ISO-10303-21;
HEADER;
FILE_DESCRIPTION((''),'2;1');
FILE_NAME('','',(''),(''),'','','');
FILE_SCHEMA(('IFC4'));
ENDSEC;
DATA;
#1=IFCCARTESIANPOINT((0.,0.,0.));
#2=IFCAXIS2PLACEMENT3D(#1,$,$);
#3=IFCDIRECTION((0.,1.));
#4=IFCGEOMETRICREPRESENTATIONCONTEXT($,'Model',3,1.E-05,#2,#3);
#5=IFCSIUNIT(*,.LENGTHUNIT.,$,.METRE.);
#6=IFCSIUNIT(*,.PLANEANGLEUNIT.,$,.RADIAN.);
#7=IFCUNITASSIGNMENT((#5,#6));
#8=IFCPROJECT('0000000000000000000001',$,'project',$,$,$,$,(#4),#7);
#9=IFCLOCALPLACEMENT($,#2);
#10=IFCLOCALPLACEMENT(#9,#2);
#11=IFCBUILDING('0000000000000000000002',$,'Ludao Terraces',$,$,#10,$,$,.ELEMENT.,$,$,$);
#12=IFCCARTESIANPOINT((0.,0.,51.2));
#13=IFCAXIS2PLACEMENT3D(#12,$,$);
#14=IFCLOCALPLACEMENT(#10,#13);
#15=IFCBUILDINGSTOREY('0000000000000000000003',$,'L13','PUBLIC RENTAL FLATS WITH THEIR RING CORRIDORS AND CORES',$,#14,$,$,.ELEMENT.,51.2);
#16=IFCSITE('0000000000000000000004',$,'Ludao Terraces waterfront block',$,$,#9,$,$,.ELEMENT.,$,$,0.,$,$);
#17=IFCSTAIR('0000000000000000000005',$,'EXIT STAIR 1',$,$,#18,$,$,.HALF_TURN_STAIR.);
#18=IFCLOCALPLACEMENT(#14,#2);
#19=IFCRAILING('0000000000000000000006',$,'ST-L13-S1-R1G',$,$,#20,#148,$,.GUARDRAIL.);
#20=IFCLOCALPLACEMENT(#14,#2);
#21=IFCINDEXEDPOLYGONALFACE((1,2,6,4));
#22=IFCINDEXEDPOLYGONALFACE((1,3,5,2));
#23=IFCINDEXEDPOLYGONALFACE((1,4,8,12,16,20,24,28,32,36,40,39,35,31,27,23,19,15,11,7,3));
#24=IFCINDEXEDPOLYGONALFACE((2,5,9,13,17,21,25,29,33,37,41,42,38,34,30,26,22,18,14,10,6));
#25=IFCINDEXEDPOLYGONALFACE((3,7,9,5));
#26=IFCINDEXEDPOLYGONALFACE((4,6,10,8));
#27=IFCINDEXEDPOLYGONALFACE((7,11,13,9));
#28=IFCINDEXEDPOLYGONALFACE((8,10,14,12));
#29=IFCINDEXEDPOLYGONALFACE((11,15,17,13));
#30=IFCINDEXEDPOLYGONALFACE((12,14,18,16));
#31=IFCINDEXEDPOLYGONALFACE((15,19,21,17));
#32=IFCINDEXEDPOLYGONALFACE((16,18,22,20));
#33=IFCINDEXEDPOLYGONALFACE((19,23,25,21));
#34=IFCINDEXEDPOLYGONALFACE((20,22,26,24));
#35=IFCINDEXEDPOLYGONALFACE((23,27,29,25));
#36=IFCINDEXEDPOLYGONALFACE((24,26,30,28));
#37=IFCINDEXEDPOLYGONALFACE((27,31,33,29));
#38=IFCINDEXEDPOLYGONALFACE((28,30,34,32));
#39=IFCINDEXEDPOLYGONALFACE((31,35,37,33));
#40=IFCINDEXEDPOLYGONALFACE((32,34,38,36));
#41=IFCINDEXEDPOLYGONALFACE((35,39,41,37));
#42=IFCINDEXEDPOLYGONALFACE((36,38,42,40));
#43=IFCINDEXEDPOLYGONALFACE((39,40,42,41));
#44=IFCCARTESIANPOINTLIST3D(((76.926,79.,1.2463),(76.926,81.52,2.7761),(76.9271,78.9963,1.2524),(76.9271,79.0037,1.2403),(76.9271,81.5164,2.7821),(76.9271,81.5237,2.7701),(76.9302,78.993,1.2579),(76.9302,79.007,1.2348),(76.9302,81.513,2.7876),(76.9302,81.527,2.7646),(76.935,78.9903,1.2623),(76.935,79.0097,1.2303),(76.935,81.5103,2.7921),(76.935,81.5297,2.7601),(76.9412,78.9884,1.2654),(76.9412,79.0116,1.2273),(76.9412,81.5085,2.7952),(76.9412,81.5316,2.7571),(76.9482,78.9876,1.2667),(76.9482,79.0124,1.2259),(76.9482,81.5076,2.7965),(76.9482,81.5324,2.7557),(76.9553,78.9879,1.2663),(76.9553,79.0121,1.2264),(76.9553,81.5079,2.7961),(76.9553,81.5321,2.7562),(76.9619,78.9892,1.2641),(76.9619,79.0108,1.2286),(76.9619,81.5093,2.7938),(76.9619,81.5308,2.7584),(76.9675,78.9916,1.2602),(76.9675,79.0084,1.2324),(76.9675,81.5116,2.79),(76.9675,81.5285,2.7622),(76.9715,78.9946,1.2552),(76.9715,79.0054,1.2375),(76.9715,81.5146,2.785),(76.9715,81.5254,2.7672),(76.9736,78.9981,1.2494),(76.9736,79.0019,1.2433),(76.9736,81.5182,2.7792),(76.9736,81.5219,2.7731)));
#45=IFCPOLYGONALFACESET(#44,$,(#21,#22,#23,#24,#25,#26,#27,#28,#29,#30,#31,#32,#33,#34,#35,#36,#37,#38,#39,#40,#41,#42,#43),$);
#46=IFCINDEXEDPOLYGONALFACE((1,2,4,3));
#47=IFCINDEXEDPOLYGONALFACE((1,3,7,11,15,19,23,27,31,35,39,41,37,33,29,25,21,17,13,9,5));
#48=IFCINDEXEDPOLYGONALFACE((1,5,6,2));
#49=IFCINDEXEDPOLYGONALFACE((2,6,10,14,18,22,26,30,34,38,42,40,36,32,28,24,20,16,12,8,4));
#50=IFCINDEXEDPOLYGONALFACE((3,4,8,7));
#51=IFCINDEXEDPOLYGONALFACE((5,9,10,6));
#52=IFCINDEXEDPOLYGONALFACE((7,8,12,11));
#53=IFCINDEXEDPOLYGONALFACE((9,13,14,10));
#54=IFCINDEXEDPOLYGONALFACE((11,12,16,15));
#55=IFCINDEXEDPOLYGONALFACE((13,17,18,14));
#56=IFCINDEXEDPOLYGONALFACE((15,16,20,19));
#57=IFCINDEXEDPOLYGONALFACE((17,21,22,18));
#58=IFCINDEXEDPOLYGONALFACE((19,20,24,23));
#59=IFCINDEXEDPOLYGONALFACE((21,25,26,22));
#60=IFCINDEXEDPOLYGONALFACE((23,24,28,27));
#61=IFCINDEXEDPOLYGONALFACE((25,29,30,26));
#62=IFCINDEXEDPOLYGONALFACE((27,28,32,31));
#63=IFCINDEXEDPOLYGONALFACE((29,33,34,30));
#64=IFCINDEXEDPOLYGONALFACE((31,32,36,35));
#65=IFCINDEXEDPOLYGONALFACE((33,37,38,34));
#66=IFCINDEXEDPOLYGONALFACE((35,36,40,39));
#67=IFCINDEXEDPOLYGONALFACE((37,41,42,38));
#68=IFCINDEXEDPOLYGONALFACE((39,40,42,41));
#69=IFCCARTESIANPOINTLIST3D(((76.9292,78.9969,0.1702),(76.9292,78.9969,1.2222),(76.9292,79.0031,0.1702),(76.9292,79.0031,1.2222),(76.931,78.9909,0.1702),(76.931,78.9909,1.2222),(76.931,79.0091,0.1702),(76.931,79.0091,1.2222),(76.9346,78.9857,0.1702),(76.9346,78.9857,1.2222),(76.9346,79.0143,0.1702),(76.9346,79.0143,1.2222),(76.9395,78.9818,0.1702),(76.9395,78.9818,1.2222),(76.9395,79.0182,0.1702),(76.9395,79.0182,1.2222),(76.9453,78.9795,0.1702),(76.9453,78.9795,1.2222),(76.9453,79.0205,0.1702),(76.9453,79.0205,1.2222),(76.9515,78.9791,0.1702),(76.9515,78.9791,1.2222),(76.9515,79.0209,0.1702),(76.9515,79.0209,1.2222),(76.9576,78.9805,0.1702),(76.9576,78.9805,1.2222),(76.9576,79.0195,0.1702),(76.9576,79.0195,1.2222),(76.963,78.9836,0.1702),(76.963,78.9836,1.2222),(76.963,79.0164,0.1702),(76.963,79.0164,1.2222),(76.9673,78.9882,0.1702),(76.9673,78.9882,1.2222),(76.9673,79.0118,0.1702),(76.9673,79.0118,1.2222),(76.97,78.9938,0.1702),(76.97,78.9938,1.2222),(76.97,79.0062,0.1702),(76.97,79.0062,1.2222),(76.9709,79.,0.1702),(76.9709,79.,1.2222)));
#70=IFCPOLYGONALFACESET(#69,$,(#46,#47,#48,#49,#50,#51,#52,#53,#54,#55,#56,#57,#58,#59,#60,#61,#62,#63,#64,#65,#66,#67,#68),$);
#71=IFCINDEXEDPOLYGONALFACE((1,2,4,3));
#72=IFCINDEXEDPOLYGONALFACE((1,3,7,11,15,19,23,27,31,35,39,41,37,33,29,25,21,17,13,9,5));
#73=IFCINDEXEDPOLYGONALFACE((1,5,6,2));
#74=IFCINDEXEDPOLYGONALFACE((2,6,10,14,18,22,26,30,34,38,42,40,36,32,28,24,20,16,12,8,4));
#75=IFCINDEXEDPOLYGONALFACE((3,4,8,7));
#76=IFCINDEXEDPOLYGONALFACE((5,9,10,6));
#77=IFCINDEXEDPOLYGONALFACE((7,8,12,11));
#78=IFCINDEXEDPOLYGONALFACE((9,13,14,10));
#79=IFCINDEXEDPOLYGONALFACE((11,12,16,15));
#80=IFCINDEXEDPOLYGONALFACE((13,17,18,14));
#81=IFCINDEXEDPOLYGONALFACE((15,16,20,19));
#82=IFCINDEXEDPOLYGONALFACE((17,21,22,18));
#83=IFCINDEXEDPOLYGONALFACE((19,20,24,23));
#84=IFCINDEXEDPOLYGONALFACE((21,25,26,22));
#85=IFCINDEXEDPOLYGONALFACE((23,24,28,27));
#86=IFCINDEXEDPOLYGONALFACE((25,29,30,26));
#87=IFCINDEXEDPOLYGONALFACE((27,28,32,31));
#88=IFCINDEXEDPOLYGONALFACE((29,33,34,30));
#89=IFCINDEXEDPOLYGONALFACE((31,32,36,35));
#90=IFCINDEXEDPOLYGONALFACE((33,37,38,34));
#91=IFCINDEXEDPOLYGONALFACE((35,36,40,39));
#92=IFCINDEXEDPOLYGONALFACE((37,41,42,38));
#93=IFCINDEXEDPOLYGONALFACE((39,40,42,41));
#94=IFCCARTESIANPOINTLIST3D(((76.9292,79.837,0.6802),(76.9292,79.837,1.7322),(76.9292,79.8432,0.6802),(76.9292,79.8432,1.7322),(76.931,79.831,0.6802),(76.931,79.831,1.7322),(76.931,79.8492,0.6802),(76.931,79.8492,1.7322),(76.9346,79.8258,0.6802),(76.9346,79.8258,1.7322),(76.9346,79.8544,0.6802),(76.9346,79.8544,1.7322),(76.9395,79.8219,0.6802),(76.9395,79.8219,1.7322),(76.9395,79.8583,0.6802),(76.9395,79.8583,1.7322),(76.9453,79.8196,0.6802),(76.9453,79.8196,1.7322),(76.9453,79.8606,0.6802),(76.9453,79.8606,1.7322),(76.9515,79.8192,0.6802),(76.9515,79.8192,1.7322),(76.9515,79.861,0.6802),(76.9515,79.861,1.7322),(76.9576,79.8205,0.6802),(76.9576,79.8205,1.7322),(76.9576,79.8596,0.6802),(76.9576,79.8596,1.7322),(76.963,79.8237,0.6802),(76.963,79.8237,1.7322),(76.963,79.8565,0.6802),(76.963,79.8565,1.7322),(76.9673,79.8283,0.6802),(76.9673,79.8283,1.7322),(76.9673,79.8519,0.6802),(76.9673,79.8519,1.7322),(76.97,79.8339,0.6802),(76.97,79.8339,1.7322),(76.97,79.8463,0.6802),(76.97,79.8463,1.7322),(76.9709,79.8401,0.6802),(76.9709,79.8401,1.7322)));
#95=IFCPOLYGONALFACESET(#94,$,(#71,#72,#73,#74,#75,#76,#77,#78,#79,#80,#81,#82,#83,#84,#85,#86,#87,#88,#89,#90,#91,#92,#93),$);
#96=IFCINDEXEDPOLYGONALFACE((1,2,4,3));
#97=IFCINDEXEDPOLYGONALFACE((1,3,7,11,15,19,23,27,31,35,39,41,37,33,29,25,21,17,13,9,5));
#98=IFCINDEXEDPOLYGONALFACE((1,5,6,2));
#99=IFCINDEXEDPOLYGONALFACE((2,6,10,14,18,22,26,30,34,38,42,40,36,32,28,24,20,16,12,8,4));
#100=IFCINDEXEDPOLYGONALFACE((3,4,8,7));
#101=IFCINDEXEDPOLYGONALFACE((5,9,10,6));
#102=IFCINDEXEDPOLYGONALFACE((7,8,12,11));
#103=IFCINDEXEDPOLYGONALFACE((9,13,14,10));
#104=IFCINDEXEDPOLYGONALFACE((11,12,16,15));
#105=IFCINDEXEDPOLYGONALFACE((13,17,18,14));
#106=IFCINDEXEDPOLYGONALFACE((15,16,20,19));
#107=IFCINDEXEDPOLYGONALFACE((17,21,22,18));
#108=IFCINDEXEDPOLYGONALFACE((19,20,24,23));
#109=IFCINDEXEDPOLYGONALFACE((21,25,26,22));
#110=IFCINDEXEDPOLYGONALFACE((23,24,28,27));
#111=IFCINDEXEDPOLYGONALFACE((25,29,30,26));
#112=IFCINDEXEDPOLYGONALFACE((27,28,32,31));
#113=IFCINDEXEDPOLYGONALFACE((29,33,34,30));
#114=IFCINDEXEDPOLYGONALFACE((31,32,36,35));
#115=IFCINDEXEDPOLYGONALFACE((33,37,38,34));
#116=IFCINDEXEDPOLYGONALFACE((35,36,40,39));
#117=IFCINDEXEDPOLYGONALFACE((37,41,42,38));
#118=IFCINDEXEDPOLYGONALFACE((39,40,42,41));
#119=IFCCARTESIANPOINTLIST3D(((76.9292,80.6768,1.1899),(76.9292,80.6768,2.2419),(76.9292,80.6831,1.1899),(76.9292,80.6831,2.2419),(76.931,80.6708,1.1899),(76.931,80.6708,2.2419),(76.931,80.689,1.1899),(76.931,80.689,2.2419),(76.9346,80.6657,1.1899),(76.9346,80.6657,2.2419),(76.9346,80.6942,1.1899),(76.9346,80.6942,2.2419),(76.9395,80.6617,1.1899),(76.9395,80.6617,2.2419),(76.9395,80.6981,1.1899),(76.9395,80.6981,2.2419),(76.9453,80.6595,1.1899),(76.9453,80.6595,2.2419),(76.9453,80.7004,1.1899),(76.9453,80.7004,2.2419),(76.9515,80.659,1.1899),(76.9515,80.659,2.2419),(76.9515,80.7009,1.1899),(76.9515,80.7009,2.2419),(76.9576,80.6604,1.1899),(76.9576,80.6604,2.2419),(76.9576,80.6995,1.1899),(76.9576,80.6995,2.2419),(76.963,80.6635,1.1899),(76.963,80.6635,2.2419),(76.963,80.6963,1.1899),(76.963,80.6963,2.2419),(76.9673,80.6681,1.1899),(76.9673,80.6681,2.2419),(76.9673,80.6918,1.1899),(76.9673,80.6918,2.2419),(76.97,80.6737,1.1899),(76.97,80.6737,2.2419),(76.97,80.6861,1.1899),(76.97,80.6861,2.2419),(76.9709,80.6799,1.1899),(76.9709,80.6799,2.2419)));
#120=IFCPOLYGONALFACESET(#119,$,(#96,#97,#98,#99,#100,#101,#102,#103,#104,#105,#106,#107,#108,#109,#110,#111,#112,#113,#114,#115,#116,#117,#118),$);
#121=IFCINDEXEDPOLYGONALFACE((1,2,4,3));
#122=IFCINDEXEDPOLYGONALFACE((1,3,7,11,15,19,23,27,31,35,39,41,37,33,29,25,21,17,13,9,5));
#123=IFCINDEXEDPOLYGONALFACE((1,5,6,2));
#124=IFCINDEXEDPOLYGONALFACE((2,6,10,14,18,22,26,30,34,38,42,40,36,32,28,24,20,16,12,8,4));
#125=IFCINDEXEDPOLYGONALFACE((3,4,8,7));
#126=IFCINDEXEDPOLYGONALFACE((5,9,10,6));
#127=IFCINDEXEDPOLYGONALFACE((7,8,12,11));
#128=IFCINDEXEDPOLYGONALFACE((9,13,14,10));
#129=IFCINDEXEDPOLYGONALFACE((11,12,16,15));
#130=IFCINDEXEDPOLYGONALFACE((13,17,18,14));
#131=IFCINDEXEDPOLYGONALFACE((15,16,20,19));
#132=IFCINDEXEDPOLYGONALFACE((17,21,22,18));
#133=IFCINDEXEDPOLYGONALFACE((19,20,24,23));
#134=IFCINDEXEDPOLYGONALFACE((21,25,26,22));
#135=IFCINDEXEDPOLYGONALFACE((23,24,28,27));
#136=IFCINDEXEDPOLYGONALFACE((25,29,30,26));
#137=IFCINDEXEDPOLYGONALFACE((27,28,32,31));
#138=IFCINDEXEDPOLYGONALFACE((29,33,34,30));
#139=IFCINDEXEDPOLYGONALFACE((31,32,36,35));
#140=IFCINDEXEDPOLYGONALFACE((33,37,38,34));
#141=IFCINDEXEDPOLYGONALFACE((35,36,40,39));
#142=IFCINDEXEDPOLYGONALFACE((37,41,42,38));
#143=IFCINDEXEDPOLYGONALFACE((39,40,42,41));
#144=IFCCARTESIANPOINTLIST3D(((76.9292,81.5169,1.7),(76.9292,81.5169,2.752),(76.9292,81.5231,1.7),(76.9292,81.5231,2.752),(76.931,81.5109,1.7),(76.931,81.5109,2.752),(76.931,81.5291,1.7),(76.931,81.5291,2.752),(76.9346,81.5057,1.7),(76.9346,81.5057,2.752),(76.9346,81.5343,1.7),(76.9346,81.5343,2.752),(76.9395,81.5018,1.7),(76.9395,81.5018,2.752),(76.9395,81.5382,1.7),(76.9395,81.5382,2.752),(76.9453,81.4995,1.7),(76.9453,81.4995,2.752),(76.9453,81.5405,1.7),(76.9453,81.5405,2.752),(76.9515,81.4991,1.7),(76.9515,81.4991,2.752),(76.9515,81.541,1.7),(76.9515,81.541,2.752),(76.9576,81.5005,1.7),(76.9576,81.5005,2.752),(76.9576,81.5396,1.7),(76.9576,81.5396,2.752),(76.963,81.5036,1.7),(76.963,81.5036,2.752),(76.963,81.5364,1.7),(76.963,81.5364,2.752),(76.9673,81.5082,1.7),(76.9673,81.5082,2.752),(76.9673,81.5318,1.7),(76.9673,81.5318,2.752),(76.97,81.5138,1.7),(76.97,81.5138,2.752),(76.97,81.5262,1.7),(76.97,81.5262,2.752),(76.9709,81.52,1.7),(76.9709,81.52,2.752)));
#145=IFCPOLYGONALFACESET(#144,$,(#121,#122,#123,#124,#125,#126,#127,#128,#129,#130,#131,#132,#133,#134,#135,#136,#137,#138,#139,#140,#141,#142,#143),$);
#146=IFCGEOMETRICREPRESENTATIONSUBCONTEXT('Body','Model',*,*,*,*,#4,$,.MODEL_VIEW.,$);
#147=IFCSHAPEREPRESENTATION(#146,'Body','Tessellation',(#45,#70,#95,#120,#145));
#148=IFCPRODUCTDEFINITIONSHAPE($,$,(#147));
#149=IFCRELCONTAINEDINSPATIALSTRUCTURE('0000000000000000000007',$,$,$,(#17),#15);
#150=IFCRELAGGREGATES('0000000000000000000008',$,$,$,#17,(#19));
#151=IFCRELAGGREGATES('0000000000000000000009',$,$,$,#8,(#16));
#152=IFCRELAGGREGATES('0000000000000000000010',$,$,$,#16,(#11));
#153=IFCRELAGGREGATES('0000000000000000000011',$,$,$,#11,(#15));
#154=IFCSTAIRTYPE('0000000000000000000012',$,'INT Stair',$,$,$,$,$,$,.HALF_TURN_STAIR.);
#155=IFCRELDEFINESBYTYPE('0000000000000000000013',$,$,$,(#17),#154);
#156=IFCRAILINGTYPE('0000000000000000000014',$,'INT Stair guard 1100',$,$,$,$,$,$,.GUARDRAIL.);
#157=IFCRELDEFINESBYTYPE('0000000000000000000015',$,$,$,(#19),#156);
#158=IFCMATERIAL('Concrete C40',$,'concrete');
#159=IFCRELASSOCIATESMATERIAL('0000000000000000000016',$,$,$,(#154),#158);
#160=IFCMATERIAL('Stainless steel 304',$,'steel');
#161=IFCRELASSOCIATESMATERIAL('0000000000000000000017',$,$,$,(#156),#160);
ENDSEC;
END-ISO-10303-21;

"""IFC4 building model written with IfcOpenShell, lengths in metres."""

from ifc_helpers import new_model, si_unit, direction, frame, origin, origin_2d, place, context, subcontext, project, spatial, circle, extrude, material, type_object, element, aggregate, save


model = new_model("IFC4")

# Units and contexts
model_context = context("Model", 3, precision=1e-05, world=origin(), true_north=direction((0.0, 1.0)))
body_context = subcontext(model_context, "Body", "Model", "MODEL_VIEW")
ifc_project = project(units=[si_unit("LENGTHUNIT", "METRE"), si_unit("PLANEANGLEUNIT", "RADIAN")], contexts=[model_context])

# Site, building, storey
site_placement = place(None, origin())
site = spatial("IfcSite", under=ifc_project, at=site_placement, Name="Ludao Terraces waterfront block", CompositionType="ELEMENT", RefElevation=0.0)
building_placement = place(site_placement, origin())
building = spatial("IfcBuilding", under=site, at=building_placement, Name="Ludao Terraces", CompositionType="ELEMENT")
storey_placement = place(building_placement, frame((0.0, 0.0, 51.2)))
storey = spatial("IfcBuildingStorey", under=building, at=storey_placement, Name="L13", Description="PUBLIC RENTAL FLATS WITH THEIR RING CORRIDORS AND CORES", CompositionType="ELEMENT", Elevation=51.2)

# Shared definitions
ifc_material_1 = material(Name="Concrete C40", Category="concrete")

# Shared definitions
ifc_material_2 = material(Name="Stainless steel 304", Category="steel")

# Stair, railing
stair_type = type_object("IfcStairType", Name="INT Stair", PredefinedType="HALF_TURN_STAIR", material=ifc_material_1)
stair_placement = place(storey_placement, origin())
stair = element("IfcStair", 1, at=stair_placement, inside=storey, type_object=stair_type, Name="EXIT STAIR 1", PredefinedType="HALF_TURN_STAIR")
railing_type_1 = type_object("IfcRailingType", Name="INT Stair guard 1100", PredefinedType="GUARDRAIL", material=ifc_material_2)
railing_1_placement = place(storey_placement, frame((76.95, 79.0, 0.1702)))
railing_1 = element("IfcRailing", 2, at=railing_1_placement, type_object=railing_type_1, Name="ST-L13-S1-R1G", PredefinedType="GUARDRAIL", context=body_context, shape_type="SweptSolid", body=[
    extrude(circle(Radius=0.0239, at=origin_2d()), frame((0.0, 0.0, 1.0762), z_axis=(0.0, 0.854822, 0.518922), x_axis=(-1.0, 0.0, 0.0)), (0.0, 0.0, 1.0), 2.948),
    extrude(circle(Radius=0.021, at=origin_2d()), origin(), (0.0, 0.0, 1.0), 1.052),
    extrude(circle(Radius=0.021, at=origin_2d()), frame((0.0, 0.8401, 0.51)), (0.0, 0.0, 1.0), 1.052),
    extrude(circle(Radius=0.021, at=origin_2d()), frame((0.0, 1.6799, 1.0198)), (0.0, 0.0, 1.0), 1.052),
    extrude(circle(Radius=0.021, at=origin_2d()), frame((0.0, 2.52, 1.5298)), (0.0, 0.0, 1.0), 1.052),
])
aggregate(stair, [railing_1])

save(model, "model.ifc")
